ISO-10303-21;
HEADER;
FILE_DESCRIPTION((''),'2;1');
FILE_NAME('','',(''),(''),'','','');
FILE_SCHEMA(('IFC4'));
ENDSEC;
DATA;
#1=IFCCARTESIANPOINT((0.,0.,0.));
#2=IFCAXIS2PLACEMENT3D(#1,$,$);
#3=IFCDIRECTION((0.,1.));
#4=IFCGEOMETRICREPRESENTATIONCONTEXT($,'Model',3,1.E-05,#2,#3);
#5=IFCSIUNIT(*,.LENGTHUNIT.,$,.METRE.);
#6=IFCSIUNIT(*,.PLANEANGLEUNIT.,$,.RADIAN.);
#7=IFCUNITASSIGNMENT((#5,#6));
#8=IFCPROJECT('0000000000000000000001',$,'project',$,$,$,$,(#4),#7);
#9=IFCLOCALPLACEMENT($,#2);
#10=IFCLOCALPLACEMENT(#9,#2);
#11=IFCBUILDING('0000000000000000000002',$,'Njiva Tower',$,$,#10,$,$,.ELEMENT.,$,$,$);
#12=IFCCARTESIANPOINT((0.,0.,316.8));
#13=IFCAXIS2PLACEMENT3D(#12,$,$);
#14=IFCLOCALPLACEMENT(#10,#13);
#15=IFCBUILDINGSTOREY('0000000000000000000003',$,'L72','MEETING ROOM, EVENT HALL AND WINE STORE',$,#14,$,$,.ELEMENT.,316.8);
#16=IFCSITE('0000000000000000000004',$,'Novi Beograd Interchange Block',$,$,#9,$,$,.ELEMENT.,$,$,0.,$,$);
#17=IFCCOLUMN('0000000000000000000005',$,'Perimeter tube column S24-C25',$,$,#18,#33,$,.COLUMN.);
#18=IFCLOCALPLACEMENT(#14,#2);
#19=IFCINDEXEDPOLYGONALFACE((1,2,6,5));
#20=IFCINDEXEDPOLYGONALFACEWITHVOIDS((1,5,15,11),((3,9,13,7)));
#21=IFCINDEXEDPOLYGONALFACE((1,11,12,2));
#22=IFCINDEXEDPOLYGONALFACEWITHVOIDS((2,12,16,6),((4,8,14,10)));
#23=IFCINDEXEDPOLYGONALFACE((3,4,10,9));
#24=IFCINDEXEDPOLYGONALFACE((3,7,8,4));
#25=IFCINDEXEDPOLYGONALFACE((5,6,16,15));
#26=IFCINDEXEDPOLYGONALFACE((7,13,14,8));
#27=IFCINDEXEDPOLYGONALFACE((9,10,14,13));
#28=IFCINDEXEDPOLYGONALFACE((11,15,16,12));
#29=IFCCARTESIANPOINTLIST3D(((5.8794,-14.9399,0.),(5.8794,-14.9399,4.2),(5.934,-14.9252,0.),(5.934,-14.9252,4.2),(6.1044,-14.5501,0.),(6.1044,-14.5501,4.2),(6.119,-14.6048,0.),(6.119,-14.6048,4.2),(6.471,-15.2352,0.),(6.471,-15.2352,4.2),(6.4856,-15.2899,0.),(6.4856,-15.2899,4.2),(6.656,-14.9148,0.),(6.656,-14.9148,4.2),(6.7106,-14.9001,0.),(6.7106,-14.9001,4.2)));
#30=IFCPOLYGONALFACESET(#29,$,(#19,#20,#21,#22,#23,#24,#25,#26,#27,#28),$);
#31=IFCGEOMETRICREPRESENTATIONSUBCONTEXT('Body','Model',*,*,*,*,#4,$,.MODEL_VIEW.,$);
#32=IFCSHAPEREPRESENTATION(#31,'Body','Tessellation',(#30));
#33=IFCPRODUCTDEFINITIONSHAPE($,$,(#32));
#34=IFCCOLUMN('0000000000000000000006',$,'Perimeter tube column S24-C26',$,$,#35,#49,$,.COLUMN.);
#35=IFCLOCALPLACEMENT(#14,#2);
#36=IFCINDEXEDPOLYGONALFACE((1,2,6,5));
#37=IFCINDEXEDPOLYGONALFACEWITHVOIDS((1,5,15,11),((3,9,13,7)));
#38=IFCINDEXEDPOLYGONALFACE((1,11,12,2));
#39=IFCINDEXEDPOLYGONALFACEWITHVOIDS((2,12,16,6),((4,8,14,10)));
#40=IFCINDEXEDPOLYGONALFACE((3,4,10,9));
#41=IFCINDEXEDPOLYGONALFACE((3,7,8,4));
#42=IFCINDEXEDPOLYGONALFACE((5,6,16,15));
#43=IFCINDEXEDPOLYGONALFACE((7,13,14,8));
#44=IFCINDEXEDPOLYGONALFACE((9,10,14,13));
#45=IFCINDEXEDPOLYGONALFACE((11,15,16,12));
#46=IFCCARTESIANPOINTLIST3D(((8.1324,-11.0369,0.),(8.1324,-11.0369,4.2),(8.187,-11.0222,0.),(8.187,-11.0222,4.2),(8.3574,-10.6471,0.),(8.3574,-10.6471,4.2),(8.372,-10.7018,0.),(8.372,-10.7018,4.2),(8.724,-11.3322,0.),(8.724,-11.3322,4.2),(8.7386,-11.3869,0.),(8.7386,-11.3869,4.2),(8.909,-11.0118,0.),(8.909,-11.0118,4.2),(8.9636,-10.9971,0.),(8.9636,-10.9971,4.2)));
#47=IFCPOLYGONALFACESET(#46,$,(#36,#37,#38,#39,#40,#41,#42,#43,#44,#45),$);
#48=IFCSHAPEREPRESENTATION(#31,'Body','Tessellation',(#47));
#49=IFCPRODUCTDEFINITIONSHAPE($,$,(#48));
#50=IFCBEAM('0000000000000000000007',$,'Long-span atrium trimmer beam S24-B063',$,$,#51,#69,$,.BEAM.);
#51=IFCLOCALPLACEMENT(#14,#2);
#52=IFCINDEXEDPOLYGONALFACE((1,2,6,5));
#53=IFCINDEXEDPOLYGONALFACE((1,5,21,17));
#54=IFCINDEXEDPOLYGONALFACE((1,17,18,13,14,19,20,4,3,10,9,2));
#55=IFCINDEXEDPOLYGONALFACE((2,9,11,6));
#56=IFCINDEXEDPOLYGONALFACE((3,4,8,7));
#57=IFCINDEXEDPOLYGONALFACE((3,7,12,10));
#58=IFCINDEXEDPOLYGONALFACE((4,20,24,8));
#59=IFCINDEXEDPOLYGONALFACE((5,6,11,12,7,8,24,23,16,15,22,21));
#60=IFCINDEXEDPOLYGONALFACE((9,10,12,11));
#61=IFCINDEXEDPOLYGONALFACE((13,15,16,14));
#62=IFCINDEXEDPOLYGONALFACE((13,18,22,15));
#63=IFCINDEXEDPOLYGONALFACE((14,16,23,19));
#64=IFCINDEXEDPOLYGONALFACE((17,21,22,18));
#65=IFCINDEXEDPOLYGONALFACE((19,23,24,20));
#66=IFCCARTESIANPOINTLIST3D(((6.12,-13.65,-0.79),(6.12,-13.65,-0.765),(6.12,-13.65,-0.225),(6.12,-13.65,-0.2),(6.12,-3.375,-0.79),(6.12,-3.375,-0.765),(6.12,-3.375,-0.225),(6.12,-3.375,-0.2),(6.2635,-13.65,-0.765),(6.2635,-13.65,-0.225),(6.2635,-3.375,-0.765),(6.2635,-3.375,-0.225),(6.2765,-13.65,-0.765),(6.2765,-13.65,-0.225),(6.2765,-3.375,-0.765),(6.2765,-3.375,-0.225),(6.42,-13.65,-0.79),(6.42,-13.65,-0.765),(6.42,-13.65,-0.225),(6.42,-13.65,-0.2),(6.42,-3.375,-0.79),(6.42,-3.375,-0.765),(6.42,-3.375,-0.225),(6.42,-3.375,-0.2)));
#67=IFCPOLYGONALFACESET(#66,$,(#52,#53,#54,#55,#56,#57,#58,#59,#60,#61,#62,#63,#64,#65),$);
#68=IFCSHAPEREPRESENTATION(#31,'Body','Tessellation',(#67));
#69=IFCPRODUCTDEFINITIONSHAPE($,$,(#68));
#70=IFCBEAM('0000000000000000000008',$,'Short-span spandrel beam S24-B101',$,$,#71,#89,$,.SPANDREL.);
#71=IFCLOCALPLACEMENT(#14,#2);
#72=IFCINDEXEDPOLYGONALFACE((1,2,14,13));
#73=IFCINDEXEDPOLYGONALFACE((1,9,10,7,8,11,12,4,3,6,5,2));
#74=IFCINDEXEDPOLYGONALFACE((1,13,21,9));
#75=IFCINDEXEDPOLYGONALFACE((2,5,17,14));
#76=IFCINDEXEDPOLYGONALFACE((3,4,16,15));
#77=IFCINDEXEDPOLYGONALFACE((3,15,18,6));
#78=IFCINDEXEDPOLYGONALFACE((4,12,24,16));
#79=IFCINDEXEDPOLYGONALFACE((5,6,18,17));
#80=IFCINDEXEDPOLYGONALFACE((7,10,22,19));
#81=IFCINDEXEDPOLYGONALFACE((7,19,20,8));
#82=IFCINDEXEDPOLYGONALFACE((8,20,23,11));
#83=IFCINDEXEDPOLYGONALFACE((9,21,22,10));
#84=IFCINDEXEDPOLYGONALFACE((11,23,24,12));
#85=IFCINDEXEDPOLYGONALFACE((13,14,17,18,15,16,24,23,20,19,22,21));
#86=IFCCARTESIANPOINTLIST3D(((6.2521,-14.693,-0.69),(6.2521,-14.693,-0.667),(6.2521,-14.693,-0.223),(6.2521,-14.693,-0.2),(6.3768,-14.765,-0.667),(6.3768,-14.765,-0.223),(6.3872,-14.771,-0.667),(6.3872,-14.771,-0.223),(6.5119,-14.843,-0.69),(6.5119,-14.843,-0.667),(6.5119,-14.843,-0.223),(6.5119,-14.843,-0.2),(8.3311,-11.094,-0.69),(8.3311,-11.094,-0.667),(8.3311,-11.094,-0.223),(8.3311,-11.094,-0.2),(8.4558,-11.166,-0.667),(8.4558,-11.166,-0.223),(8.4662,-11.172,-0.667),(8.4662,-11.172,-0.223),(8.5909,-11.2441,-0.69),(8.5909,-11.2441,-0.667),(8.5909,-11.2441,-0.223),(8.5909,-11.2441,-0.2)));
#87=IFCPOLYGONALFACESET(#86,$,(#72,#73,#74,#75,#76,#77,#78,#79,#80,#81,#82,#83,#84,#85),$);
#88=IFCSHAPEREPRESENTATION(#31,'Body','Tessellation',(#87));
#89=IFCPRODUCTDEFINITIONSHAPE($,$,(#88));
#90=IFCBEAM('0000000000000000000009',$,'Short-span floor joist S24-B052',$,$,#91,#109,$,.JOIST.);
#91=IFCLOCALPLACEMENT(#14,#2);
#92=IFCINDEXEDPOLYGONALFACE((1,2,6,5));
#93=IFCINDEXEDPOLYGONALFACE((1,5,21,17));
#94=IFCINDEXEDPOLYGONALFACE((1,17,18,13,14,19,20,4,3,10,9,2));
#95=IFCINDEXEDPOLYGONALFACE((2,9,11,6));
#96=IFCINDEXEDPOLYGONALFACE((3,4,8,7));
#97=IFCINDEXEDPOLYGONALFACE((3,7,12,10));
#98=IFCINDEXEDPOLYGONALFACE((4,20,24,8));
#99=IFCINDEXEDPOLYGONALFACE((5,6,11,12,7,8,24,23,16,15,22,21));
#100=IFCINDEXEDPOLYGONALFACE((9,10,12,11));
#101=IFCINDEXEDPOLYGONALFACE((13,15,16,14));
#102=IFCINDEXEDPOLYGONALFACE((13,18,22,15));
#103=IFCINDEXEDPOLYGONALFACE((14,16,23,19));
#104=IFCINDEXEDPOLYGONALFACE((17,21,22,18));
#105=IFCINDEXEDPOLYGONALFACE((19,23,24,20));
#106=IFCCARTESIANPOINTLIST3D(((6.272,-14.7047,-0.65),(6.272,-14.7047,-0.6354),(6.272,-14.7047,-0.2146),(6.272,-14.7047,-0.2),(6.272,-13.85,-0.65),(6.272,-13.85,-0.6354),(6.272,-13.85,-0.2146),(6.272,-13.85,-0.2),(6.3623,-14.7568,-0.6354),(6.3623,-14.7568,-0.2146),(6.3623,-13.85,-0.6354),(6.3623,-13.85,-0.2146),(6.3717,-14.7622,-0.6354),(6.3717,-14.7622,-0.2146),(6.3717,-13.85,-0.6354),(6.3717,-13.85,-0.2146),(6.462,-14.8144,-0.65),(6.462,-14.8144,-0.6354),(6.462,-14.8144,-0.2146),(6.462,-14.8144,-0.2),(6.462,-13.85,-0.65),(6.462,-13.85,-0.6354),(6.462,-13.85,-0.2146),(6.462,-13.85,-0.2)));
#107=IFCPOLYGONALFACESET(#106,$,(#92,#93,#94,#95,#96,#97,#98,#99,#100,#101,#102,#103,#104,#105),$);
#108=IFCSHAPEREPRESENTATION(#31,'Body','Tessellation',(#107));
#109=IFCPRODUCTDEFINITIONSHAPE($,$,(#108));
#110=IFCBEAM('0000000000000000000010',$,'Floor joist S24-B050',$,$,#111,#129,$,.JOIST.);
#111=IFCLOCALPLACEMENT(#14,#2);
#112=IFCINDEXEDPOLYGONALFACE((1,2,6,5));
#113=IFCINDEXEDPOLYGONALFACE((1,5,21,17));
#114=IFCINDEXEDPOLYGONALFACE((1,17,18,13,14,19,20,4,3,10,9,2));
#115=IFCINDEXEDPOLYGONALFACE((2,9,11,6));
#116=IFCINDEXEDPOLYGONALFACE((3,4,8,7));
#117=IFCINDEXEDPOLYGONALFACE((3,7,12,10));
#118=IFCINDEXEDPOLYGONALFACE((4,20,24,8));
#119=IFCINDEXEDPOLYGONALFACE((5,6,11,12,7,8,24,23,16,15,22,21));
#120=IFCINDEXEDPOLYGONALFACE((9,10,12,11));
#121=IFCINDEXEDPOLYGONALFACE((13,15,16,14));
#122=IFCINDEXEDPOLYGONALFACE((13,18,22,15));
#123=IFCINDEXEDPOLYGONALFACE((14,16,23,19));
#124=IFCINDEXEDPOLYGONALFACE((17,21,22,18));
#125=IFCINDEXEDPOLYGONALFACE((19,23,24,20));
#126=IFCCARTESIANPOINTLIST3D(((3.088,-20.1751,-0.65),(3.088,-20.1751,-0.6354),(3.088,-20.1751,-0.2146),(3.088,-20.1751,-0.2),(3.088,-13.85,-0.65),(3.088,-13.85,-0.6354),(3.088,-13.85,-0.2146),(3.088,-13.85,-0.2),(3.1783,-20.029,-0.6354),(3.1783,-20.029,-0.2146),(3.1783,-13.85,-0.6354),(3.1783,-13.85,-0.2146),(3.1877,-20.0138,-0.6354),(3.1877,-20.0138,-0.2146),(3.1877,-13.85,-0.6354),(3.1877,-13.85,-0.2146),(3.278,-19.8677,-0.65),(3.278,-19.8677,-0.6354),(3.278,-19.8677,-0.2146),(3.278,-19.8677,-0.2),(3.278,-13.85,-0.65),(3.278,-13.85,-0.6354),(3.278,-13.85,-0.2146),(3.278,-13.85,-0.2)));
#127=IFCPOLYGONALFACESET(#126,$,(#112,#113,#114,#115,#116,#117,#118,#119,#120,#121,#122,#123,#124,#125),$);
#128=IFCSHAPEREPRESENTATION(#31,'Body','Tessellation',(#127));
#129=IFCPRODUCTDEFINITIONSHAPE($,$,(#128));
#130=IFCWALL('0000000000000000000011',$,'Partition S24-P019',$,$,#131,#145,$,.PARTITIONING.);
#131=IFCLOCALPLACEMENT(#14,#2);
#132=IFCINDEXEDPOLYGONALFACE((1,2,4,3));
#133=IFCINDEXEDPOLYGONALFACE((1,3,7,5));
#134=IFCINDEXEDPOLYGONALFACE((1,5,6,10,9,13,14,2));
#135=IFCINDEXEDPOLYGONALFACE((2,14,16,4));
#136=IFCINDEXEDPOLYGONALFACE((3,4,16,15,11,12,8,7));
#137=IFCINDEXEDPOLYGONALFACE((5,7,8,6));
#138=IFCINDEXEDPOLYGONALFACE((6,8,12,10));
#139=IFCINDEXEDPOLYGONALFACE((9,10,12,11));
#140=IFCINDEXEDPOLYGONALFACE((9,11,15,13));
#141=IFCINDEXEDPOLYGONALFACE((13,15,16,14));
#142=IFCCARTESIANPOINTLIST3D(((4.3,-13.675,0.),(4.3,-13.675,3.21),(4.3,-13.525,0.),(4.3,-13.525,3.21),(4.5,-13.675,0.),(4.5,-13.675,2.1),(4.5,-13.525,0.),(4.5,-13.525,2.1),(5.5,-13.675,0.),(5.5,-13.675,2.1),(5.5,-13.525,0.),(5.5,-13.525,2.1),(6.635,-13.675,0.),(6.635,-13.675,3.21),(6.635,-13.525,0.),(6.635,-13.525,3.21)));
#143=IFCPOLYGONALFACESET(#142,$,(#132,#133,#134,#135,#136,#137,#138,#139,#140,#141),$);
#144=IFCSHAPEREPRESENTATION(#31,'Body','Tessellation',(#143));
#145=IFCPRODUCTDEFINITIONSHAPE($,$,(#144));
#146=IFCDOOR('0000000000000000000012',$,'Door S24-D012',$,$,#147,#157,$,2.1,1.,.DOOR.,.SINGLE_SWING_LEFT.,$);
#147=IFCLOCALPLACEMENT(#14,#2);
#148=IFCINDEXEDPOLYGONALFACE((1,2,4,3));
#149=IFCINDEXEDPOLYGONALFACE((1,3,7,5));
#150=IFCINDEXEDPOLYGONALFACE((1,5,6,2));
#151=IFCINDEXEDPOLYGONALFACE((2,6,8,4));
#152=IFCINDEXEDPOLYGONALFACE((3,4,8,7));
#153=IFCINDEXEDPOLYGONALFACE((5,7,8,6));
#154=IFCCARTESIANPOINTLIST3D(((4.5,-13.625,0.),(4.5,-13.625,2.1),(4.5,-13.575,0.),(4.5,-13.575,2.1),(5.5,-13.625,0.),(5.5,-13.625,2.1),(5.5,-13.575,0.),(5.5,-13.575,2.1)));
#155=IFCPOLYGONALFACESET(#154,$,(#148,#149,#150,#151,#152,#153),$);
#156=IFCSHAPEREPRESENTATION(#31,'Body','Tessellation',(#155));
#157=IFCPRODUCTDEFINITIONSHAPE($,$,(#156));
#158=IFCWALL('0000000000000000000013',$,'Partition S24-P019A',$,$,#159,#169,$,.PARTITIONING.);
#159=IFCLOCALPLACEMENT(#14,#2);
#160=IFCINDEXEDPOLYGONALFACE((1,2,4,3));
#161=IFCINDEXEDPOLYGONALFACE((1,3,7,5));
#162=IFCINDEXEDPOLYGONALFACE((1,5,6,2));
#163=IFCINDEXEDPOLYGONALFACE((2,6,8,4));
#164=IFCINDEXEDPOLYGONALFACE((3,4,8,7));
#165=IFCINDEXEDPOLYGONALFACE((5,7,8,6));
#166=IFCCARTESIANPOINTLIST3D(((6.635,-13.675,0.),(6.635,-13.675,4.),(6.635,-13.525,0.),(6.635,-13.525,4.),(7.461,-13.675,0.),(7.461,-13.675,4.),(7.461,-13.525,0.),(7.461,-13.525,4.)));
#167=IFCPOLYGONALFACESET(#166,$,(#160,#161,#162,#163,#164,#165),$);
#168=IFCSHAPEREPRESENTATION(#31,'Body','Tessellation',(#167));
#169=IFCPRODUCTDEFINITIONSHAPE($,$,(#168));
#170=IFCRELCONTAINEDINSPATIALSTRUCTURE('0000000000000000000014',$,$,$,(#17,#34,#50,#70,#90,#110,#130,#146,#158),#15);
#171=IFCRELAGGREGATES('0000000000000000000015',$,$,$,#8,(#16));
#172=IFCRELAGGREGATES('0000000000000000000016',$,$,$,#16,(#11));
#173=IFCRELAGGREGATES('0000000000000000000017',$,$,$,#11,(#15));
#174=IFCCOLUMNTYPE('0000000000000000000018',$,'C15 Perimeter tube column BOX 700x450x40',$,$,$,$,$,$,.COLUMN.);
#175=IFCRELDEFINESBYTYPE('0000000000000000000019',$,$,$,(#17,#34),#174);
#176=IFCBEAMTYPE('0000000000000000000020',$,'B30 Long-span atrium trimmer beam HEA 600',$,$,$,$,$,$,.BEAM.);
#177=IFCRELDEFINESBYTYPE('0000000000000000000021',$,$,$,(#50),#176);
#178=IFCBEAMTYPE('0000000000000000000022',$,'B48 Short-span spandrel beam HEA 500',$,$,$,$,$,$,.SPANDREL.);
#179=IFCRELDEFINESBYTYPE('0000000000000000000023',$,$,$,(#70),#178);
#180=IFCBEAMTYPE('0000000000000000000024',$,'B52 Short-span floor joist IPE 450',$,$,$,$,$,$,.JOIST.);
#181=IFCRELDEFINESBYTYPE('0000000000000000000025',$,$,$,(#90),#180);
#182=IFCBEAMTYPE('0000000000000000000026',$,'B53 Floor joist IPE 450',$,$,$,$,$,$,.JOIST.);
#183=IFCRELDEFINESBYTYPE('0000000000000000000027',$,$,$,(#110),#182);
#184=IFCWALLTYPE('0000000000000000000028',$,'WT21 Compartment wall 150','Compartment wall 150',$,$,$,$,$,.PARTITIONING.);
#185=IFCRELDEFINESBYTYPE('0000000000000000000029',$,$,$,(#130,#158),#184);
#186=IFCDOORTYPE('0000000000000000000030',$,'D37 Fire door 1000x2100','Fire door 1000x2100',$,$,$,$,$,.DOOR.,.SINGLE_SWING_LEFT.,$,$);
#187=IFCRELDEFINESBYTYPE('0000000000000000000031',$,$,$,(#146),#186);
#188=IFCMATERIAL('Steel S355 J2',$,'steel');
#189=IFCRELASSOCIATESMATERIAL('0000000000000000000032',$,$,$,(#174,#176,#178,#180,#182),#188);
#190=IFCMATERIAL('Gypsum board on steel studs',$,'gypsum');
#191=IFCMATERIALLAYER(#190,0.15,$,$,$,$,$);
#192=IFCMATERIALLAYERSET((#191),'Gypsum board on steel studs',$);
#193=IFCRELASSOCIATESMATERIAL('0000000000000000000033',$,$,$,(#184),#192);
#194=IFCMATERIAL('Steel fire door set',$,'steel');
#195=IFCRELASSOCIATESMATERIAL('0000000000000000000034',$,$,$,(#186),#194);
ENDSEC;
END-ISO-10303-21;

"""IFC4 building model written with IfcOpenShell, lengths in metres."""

from ifc_helpers import new_model, si_unit, direction, frame, frame_2d, origin, origin_2d, place, context, subcontext, project, spatial, rectangle, hollow_rectangle, i_section, extrude, clip, halfspace, material, layer, layer_set, material_profile, profile_set, type_object, element, fill, save


model = new_model("IFC4")

# Units and contexts
model_context = context("Model", 3, precision=1e-05, world=origin(), true_north=direction((0.0, 1.0)))
body_context = subcontext(model_context, "Body", "Model", "MODEL_VIEW")
ifc_project = project(units=[si_unit("LENGTHUNIT", "METRE"), si_unit("PLANEANGLEUNIT", "RADIAN")], contexts=[model_context])

# Site, building, storey
site_placement = place(None, origin())
site = spatial("IfcSite", under=ifc_project, at=site_placement, Name="Novi Beograd Interchange Block", CompositionType="ELEMENT", RefElevation=0.0)
building_placement = place(site_placement, origin())
building = spatial("IfcBuilding", under=site, at=building_placement, Name="Njiva Tower", CompositionType="ELEMENT")
storey_placement = place(building_placement, frame((0.0, 0.0, 316.8)))
storey = spatial("IfcBuildingStorey", under=building, at=storey_placement, Name="L72", Description="MEETING ROOM, EVENT HALL AND WINE STORE", CompositionType="ELEMENT", Elevation=316.8)

# Columns
ifc_material_1 = material(Name="Steel S355 J2", Category="steel")
ifc_material_profile_1 = material_profile(ifc_material_1, hollow_rectangle(XDim=0.45, YDim=0.7, WallThickness=0.04, at=origin_2d()), Name="BOX 700x450x40")
ifc_profile_set_1 = profile_set([ifc_material_profile_1], Name="Steel S355 J2")
column_type = type_object("IfcColumnType", Name="C15 Perimeter tube column BOX 700x450x40", PredefinedType="COLUMN", material=ifc_profile_set_1)
for number, where, z_axis, x_axis, name in (
    (1, (6.295, -14.92, 0.0), (0.0, 0.0, 1.0), (0.5, 0.866025, 0.0), "Perimeter tube column S24-C25"),
    (2, (8.548, -11.017, 0.0), (0.0, 0.0, 1.0), (0.5, 0.866025, 0.0), "Perimeter tube column S24-C26"),
):
    element("IfcColumn", number, at=place(storey_placement, frame(where, z_axis=z_axis, x_axis=x_axis)), inside=storey, type_object=column_type, Name=name, PredefinedType="COLUMN", context=body_context, shape_type="SweptSolid", body=[
        extrude(hollow_rectangle(XDim=0.45, YDim=0.7, WallThickness=0.04, at=origin_2d()), origin(), (0.0, 0.0, 1.0), 4.2),
    ])

# Beams
ifc_material_profile_2 = material_profile(ifc_material_1, i_section(OverallWidth=0.3, OverallDepth=0.59, WebThickness=0.013, FlangeThickness=0.025, at=origin_2d()), Name="HEA 600")
ifc_profile_set_2 = profile_set([ifc_material_profile_2], Name="Steel S355 J2")
beam_type_1 = type_object("IfcBeamType", Name="B30 Long-span atrium trimmer beam HEA 600", PredefinedType="BEAM", material=ifc_profile_set_2)
beam_1_placement = place(storey_placement, frame((6.27, -13.65, -0.495), z_axis=(0.0, 1.0, 0.0), x_axis=(-1.0, 0.0, 0.0)))
element("IfcBeam", 3, at=beam_1_placement, inside=storey, type_object=beam_type_1, Name="Long-span atrium trimmer beam S24-B063", PredefinedType="BEAM", context=body_context, shape_type="SweptSolid", body=[
    extrude(i_section(OverallWidth=0.3, OverallDepth=0.59, WebThickness=0.013, FlangeThickness=0.025, at=origin_2d()), origin(), (0.0, 0.0, 1.0), 10.275),
])
ifc_material_profile_3 = material_profile(ifc_material_1, i_section(OverallWidth=0.3, OverallDepth=0.49, WebThickness=0.012, FlangeThickness=0.023, at=origin_2d()), Name="HEA 500")
ifc_profile_set_3 = profile_set([ifc_material_profile_3], Name="Steel S355 J2")
beam_type_2 = type_object("IfcBeamType", Name="B48 Short-span spandrel beam HEA 500", PredefinedType="SPANDREL", material=ifc_profile_set_3)
beam_2_placement = place(storey_placement, frame((6.382, -14.768, -0.445), z_axis=(0.500201, 0.865909, 0.0), x_axis=(-0.865909, 0.500201, 0.0)))
element("IfcBeam", 4, at=beam_2_placement, inside=storey, type_object=beam_type_2, Name="Short-span spandrel beam S24-B101", PredefinedType="SPANDREL", context=body_context, shape_type="SweptSolid", body=[
    extrude(i_section(OverallWidth=0.3, OverallDepth=0.49, WebThickness=0.012, FlangeThickness=0.023, at=origin_2d()), origin(), (0.0, 0.0, 1.0), 4.1563),
])
ifc_material_profile_4 = material_profile(ifc_material_1, i_section(OverallWidth=0.19, OverallDepth=0.45, WebThickness=0.0094, FlangeThickness=0.0146, at=origin_2d()), Name="IPE 450")
ifc_profile_set_4 = profile_set([ifc_material_profile_4], Name="Steel S355 J2")
beam_type_3 = type_object("IfcBeamType", Name="B52 Short-span floor joist IPE 450", PredefinedType="JOIST", material=ifc_profile_set_4)
beam_3_placement = place(storey_placement, frame((6.367, -13.85, -0.425), z_axis=(0.0, -1.0, 0.0), x_axis=(1.0, 0.0, 0.0)))
element("IfcBeam", 5, at=beam_3_placement, inside=storey, type_object=beam_type_3, Name="Short-span floor joist S24-B052", PredefinedType="JOIST", context=body_context, shape_type="Clipping", body=[
    clip(extrude(i_section(OverallWidth=0.19, OverallDepth=0.45, WebThickness=0.0094, FlangeThickness=0.0146, at=origin_2d()), origin(), (0.0, 0.0, 1.0), 0.984), halfspace(frame((-0.0253, 0.0, 0.8949), z_axis=(-0.499998, 0.0, 0.866027), x_axis=(0.0, 1.0, 0.0)), False)),
])
ifc_material_profile_5 = material_profile(ifc_material_1, i_section(OverallWidth=0.19, OverallDepth=0.45, WebThickness=0.0094, FlangeThickness=0.0146, at=origin_2d()), Name="IPE 450")
ifc_profile_set_5 = profile_set([ifc_material_profile_5], Name="Steel S355 J2")
beam_type_4 = type_object("IfcBeamType", Name="B53 Floor joist IPE 450", PredefinedType="JOIST", material=ifc_profile_set_5)
beam_4_placement = place(storey_placement, frame((3.183, -13.85, -0.425), z_axis=(0.0, -1.0, 0.0), x_axis=(1.0, 0.0, 0.0)))
element("IfcBeam", 6, at=beam_4_placement, inside=storey, type_object=beam_type_4, Name="Floor joist S24-B050", PredefinedType="JOIST", context=body_context, shape_type="Clipping", body=[
    clip(extrude(i_section(OverallWidth=0.19, OverallDepth=0.45, WebThickness=0.0094, FlangeThickness=0.0146, at=origin_2d()), origin(), (0.0, 0.0, 1.0), 6.345), halfspace(frame((0.0429, 0.0, 6.102), z_axis=(0.850616, 0.0, 0.525788), x_axis=(0.0, 1.0, 0.0)), False)),
])

# Wall, opening, door
ifc_material_2 = material(Name="Gypsum board on steel studs", Category="gypsum")
ifc_layer_1 = layer(ifc_material_2, 0.15)
ifc_layer_set_1 = layer_set([ifc_layer_1], Name="Gypsum board on steel studs")
wall_type_1 = type_object("IfcWallType", Name="WT21 Compartment wall 150", Description="Compartment wall 150", PredefinedType="PARTITIONING", material=ifc_layer_set_1)
wall_1_placement = place(storey_placement, frame((4.3, -13.6, 0.0), z_axis=(0.0, 0.0, 1.0), x_axis=(1.0, 0.0, 0.0)))
wall_1 = element("IfcWall", 7, at=wall_1_placement, inside=storey, type_object=wall_type_1, Name="Partition S24-P019", PredefinedType="PARTITIONING", context=body_context, shape_type="SweptSolid", body=[
    extrude(rectangle(XDim=2.335, YDim=0.15, at=frame_2d((1.1675, 0.0))), origin(), (0.0, 0.0, 1.0), 3.21),
])
opening_1_placement = place(wall_1_placement, frame((0.2, 0.0, 0.0)))
opening_1 = element("IfcOpeningElement", 8, at=opening_1_placement, cuts=wall_1, PredefinedType="OPENING", context=body_context, shape_type="SweptSolid", body=[
    extrude(rectangle(XDim=1.0, YDim=2.1, at=frame_2d((0.5, 1.05))), frame((0.0, 0.085, 0.0), z_axis=(0.0, -1.0, 0.0), x_axis=(1.0, 0.0, 0.0)), (0.0, 0.0, 1.0), 0.17),
])
ifc_material_3 = material(Name="Steel fire door set", Category="steel")
door_type_1 = type_object("IfcDoorType", Name="D37 Fire door 1000x2100", Description="Fire door 1000x2100", OperationType="SINGLE_SWING_LEFT", PredefinedType="DOOR", material=ifc_material_3)
door_1_placement = place(opening_1_placement, origin())
door_1 = element("IfcDoor", 9, at=door_1_placement, inside=storey, type_object=door_type_1, Name="Door S24-D012", OperationType="SINGLE_SWING_LEFT", OverallHeight=2.1, OverallWidth=1.0, PredefinedType="DOOR", context=body_context, shape_type="SweptSolid", body=[
    extrude(rectangle(XDim=1.0, YDim=2.1, at=frame_2d((0.5, 1.05))), frame((0.0, 0.025, 0.0), z_axis=(0.0, -1.0, 0.0), x_axis=(1.0, 0.0, 0.0)), (0.0, 0.0, 1.0), 0.05),
])
fill(opening_1, door_1)

# Wall
wall_2_placement = place(storey_placement, frame((6.635, -13.6, 0.0), z_axis=(0.0, 0.0, 1.0), x_axis=(1.0, 0.0, 0.0)))
element("IfcWall", 10, at=wall_2_placement, inside=storey, type_object=wall_type_1, Name="Partition S24-P019A", PredefinedType="PARTITIONING", context=body_context, shape_type="SweptSolid", body=[
    extrude(rectangle(XDim=0.826, YDim=0.15, at=frame_2d((0.413, 0.0))), origin(), (0.0, 0.0, 1.0), 4.0),
])

save(model, "model.ifc")
